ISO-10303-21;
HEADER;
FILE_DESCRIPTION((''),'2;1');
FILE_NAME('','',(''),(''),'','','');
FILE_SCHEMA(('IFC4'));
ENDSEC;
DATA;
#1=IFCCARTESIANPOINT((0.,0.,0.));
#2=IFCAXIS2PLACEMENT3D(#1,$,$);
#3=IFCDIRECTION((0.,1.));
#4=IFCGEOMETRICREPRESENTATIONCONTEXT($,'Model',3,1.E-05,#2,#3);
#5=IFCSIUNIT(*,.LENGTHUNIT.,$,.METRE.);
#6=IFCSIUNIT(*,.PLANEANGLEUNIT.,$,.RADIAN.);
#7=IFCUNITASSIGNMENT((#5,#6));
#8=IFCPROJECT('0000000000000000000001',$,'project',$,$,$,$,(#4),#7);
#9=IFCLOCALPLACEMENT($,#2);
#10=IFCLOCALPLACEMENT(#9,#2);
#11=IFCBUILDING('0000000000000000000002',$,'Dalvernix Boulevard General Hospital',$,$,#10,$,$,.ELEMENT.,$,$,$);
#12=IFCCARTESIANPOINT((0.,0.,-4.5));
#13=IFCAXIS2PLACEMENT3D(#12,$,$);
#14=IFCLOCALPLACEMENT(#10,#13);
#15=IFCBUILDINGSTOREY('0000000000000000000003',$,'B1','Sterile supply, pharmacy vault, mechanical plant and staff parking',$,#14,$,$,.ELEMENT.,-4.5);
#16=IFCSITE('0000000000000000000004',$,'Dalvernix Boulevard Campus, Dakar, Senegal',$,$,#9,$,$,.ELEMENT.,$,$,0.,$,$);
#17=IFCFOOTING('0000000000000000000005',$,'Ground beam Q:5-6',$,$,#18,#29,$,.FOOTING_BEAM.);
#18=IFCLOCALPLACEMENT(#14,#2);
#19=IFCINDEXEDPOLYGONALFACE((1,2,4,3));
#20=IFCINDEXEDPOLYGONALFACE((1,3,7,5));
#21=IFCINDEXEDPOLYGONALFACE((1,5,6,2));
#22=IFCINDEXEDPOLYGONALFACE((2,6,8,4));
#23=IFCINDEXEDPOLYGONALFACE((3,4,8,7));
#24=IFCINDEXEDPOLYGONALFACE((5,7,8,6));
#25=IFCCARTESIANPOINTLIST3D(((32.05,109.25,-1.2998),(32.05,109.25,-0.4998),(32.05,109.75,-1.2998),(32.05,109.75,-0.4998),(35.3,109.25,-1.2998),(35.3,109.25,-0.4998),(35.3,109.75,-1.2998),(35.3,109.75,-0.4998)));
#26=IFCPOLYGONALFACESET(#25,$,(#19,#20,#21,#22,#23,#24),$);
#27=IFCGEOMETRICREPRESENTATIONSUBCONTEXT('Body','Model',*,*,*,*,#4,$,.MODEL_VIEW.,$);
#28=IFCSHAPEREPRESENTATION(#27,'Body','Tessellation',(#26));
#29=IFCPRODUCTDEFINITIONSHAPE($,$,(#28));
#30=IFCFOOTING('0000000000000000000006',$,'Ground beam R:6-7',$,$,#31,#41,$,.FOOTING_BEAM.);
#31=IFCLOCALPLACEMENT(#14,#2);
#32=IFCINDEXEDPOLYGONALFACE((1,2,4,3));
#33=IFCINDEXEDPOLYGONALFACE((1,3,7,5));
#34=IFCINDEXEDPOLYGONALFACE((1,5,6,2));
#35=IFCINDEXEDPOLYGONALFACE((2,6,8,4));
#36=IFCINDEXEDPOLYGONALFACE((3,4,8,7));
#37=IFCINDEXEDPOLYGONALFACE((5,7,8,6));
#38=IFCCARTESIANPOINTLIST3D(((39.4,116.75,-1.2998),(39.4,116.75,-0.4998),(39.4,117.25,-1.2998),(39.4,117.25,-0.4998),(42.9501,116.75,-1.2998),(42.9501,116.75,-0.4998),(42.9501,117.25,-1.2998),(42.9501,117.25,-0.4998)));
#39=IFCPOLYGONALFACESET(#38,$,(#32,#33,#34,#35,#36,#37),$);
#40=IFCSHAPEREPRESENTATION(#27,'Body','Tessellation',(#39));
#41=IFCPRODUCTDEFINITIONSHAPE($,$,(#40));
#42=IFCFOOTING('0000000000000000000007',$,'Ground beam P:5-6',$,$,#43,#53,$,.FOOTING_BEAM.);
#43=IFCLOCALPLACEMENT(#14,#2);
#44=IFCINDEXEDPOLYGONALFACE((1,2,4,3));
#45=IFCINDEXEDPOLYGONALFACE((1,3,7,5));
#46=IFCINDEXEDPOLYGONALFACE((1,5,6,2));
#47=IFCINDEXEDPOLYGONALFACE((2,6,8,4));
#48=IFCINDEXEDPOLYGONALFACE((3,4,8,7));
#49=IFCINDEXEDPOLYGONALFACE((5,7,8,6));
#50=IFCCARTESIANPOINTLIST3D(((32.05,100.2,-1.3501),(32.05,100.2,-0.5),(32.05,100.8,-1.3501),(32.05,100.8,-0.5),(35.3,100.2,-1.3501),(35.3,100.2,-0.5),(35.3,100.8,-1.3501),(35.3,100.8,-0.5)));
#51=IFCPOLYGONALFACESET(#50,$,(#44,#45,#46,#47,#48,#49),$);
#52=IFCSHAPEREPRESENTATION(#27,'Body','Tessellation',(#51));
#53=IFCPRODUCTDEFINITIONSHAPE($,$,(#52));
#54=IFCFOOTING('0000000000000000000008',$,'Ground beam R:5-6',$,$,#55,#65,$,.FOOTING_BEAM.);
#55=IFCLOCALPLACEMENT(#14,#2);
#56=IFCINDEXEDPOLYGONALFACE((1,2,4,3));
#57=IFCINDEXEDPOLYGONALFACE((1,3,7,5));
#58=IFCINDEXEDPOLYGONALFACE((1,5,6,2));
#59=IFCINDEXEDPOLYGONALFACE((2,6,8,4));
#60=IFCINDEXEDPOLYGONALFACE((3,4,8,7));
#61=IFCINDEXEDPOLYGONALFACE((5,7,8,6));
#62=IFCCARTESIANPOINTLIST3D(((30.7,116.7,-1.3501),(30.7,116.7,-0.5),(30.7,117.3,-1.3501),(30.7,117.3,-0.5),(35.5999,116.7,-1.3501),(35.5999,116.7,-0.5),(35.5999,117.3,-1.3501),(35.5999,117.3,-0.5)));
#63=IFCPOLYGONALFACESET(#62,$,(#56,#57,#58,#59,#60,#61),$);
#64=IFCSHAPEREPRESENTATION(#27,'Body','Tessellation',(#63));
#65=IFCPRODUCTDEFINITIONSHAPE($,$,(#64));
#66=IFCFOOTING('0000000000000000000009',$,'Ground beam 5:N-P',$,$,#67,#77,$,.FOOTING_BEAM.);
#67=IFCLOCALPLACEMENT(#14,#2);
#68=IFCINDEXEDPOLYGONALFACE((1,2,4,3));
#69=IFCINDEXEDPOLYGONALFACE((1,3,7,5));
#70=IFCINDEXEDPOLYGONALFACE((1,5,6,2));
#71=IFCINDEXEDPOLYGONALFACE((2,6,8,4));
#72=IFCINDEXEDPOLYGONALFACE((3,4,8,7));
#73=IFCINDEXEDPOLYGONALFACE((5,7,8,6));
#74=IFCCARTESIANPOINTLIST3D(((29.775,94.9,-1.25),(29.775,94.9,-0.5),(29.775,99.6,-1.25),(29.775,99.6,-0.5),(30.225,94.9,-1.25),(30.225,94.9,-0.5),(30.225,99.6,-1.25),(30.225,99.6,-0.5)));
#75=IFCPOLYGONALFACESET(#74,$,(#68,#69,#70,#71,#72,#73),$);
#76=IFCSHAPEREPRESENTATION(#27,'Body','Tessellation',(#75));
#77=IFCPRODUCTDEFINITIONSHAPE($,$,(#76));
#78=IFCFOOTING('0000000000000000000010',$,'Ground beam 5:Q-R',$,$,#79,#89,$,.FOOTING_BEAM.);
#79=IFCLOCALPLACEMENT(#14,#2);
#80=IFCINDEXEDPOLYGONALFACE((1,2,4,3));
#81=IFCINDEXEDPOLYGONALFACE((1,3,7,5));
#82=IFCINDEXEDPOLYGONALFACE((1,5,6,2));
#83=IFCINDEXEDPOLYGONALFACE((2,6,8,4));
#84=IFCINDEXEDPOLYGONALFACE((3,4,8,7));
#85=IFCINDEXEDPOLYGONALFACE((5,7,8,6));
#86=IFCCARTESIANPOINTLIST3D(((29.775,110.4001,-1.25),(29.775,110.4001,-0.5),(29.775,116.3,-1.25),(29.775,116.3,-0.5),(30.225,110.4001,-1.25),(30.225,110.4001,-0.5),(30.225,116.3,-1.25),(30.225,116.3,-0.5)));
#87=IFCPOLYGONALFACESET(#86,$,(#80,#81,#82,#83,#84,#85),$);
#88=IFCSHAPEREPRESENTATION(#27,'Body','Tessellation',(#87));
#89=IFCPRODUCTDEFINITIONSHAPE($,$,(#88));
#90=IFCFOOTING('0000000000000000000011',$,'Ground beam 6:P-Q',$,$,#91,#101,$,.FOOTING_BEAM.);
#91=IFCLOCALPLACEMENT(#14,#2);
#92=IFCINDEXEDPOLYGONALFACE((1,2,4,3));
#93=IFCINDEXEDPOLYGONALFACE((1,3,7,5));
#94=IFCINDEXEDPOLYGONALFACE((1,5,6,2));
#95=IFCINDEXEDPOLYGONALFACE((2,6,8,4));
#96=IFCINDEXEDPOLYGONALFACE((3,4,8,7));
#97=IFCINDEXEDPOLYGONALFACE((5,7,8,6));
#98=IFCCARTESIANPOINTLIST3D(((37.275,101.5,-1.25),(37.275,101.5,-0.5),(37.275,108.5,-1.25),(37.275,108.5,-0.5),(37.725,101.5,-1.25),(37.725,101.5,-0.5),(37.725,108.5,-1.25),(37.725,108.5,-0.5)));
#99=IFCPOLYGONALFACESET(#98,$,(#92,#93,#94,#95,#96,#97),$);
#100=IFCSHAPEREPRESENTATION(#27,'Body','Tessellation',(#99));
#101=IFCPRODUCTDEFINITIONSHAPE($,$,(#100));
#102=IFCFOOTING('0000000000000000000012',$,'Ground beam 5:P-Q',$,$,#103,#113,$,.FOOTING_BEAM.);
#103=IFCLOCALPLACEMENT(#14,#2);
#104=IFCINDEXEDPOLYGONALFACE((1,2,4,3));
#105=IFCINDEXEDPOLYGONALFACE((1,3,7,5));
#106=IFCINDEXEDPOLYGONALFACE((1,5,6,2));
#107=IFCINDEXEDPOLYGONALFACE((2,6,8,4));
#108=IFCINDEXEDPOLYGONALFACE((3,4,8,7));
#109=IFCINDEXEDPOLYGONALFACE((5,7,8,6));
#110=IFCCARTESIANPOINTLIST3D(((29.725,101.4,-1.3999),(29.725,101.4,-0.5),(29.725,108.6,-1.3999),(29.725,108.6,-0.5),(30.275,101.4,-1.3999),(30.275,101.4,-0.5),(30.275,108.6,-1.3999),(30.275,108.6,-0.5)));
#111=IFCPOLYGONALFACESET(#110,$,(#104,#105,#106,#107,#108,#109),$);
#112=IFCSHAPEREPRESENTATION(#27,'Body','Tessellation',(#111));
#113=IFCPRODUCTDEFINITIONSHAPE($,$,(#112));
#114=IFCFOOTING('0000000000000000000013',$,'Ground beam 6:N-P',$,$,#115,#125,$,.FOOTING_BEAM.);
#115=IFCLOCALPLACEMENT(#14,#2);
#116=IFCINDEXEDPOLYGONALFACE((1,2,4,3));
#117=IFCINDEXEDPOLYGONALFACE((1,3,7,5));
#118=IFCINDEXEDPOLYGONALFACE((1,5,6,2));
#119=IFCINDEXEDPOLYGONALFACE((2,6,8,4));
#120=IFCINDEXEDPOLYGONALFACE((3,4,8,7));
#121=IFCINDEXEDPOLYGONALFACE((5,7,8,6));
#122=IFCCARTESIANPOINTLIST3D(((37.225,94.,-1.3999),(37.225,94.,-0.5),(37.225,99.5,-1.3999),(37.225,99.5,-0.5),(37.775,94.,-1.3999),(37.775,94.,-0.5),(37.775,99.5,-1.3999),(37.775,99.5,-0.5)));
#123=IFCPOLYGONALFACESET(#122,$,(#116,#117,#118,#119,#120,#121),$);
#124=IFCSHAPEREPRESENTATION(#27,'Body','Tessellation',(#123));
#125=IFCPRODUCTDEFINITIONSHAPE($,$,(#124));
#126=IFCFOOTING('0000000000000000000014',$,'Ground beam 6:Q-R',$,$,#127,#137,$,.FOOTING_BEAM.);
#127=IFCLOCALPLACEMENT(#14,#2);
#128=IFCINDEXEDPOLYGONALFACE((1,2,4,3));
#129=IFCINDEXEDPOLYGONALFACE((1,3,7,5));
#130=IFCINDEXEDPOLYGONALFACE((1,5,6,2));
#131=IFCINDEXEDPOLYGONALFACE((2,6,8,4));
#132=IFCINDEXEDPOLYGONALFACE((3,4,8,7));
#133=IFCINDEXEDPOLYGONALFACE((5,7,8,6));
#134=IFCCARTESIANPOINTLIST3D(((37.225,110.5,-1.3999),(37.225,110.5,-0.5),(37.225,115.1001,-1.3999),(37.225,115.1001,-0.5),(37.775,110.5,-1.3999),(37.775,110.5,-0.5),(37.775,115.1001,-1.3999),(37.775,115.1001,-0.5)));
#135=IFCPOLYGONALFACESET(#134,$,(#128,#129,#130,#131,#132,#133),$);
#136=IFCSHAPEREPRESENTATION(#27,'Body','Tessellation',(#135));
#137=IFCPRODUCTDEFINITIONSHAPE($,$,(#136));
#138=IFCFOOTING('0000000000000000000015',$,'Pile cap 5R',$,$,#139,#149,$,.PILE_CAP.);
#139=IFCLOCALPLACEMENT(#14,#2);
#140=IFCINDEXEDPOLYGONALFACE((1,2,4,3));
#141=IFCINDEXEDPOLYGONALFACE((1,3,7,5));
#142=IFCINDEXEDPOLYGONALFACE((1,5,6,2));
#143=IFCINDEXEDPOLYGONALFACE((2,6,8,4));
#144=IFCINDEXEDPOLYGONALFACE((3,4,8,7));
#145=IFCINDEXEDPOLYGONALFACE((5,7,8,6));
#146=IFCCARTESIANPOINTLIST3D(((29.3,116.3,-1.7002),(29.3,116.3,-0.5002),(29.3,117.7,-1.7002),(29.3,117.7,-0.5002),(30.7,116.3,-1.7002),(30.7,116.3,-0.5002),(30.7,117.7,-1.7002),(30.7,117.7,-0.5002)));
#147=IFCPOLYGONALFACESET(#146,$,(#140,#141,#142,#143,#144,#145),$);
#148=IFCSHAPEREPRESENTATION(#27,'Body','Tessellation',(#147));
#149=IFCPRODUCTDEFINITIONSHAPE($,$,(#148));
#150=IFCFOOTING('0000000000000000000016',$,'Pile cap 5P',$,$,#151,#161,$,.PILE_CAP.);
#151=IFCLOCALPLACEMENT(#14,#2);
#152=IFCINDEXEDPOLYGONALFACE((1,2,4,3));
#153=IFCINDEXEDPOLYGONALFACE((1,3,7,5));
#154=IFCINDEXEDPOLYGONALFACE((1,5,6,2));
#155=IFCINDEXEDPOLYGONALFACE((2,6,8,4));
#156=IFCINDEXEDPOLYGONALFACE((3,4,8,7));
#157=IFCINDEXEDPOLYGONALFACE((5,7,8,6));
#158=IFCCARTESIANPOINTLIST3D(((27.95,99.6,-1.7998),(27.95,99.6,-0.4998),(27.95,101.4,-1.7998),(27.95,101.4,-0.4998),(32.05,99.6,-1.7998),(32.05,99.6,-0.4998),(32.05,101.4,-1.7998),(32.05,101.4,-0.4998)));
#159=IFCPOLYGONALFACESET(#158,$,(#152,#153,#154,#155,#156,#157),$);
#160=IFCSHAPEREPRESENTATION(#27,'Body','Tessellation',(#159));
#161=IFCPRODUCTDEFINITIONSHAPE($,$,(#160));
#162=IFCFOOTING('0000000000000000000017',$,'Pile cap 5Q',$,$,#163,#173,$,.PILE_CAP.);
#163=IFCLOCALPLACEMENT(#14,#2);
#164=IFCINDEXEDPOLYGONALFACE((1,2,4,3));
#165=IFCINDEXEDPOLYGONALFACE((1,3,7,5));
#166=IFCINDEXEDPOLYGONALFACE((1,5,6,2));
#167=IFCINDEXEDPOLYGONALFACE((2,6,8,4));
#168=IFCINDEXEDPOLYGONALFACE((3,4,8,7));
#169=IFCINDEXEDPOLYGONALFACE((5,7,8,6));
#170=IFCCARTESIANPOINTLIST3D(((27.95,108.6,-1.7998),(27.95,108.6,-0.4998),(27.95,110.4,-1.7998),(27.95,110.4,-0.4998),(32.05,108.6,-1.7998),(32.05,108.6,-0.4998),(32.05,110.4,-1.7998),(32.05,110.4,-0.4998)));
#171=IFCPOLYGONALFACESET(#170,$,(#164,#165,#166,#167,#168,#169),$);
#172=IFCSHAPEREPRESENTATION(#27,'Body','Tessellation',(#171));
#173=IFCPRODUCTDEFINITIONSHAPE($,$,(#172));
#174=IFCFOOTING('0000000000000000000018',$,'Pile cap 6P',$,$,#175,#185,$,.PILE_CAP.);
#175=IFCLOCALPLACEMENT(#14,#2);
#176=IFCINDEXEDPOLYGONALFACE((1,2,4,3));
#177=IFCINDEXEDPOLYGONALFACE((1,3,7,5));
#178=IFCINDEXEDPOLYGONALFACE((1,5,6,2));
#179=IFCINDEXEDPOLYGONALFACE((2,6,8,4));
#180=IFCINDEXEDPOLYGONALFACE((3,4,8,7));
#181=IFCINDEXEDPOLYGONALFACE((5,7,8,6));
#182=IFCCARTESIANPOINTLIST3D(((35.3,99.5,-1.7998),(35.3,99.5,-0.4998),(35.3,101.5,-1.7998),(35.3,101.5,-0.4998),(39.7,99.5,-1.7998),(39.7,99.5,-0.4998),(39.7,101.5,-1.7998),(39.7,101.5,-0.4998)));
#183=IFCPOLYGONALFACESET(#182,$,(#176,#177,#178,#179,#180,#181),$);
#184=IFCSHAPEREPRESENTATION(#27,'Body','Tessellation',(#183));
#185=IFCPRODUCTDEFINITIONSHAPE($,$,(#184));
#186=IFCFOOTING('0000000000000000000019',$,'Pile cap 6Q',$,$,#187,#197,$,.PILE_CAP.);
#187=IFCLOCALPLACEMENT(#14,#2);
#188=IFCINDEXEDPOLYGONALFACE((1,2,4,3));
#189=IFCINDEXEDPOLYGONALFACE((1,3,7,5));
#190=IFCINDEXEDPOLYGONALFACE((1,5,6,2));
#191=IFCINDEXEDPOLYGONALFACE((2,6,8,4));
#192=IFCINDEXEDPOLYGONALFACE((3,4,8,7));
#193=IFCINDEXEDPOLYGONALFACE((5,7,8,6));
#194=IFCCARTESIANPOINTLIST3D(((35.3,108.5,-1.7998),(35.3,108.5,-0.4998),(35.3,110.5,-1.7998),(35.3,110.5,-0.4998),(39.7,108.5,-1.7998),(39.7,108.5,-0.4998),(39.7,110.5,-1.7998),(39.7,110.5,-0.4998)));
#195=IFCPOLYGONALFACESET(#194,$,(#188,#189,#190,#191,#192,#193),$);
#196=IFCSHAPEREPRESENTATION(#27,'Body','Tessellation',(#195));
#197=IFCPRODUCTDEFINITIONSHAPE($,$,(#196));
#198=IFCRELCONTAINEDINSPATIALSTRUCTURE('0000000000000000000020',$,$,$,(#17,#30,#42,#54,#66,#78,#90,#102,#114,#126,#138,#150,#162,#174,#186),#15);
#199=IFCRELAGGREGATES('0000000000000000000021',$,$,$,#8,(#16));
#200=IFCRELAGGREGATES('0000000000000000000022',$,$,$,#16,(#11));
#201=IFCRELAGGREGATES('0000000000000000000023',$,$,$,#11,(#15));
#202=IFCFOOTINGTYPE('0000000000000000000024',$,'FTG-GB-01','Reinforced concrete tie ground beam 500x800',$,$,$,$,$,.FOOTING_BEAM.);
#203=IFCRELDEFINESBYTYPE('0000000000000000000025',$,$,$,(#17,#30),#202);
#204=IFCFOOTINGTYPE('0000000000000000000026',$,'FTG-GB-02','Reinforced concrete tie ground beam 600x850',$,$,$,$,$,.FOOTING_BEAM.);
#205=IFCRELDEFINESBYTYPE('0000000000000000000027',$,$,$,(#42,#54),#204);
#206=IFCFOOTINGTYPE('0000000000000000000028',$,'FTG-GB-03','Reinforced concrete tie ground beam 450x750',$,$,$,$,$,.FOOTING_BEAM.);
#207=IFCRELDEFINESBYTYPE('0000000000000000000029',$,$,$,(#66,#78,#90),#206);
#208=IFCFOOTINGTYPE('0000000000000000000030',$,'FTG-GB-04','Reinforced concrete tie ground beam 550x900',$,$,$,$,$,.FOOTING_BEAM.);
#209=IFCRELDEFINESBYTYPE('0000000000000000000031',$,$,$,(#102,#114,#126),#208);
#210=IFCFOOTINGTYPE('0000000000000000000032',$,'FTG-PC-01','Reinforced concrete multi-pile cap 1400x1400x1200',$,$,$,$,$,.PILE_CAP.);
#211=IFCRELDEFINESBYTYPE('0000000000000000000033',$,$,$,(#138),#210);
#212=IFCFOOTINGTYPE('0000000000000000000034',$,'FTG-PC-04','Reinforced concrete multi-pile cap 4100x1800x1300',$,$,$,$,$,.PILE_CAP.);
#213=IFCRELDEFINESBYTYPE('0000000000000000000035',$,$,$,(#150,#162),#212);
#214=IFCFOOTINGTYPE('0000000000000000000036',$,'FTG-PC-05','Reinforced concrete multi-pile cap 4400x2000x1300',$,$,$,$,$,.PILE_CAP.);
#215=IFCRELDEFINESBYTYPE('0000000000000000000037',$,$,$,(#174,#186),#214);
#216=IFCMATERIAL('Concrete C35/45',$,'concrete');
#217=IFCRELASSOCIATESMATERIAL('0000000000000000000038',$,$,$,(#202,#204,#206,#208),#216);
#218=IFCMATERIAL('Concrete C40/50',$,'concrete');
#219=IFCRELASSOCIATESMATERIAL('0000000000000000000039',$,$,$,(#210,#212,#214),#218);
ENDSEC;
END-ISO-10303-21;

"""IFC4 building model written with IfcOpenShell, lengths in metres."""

from ifc_helpers import new_model, si_unit, direction, frame, origin, origin_2d, place, context, subcontext, project, spatial, rectangle, extrude, material, type_object, element, save


model = new_model("IFC4")

# Units and contexts
model_context = context("Model", 3, precision=1e-05, world=origin(), true_north=direction((0.0, 1.0)))
body_context = subcontext(model_context, "Body", "Model", "MODEL_VIEW")
ifc_project = project(units=[si_unit("LENGTHUNIT", "METRE"), si_unit("PLANEANGLEUNIT", "RADIAN")], contexts=[model_context])

# Site, building, storey
site_placement = place(None, origin())
site = spatial("IfcSite", under=ifc_project, at=site_placement, Name="Dalvernix Boulevard Campus, Dakar, Senegal", CompositionType="ELEMENT", RefElevation=0.0)
building_placement = place(site_placement, origin())
building = spatial("IfcBuilding", under=site, at=building_placement, Name="Dalvernix Boulevard General Hospital", CompositionType="ELEMENT")
storey_placement = place(building_placement, frame((0.0, 0.0, -4.5)))
storey = spatial("IfcBuildingStorey", under=building, at=storey_placement, Name="B1", Description="Sterile supply, pharmacy vault, mechanical plant and staff parking", CompositionType="ELEMENT", Elevation=-4.5)

# Footings
ifc_material_1 = material(Name="Concrete C35/45", Category="concrete")
footing_type_1 = type_object("IfcFootingType", Name="FTG-GB-01", Description="Reinforced concrete tie ground beam 500x800", PredefinedType="FOOTING_BEAM", material=ifc_material_1)
footing_1_placement = place(storey_placement, frame((33.675, 109.5, -1.2998), z_axis=(0.0, 0.0, 1.0), x_axis=(1.0, 0.0, 0.0)))
element("IfcFooting", 1, at=footing_1_placement, inside=storey, type_object=footing_type_1, Name="Ground beam Q:5-6", PredefinedType="FOOTING_BEAM", context=body_context, shape_type="SweptSolid", body=[
    extrude(rectangle(XDim=3.25, YDim=0.5, at=origin_2d()), origin(), (0.0, 0.0, 1.0), 0.8),
])
footing_2_placement = place(storey_placement, frame((41.175, 117.0, -1.2998), z_axis=(0.0, 0.0, 1.0), x_axis=(1.0, 0.0, 0.0)))
element("IfcFooting", 2, at=footing_2_placement, inside=storey, type_object=footing_type_1, Name="Ground beam R:6-7", PredefinedType="FOOTING_BEAM", context=body_context, shape_type="SweptSolid", body=[
    extrude(rectangle(XDim=3.55, YDim=0.5, at=origin_2d()), origin(), (0.0, 0.0, 1.0), 0.8),
])
footing_type_2 = type_object("IfcFootingType", Name="FTG-GB-02", Description="Reinforced concrete tie ground beam 600x850", PredefinedType="FOOTING_BEAM", material=ifc_material_1)
footing_3_placement = place(storey_placement, frame((33.675, 100.5, -1.3501), z_axis=(0.0, 0.0, 1.0), x_axis=(1.0, 0.0, 0.0)))
element("IfcFooting", 3, at=footing_3_placement, inside=storey, type_object=footing_type_2, Name="Ground beam P:5-6", PredefinedType="FOOTING_BEAM", context=body_context, shape_type="SweptSolid", body=[
    extrude(rectangle(XDim=3.25, YDim=0.6001, at=origin_2d()), origin(), (0.0, 0.0, 1.0), 0.8501),
])
footing_4_placement = place(storey_placement, frame((33.1499, 117.0, -1.3501), z_axis=(0.0, 0.0, 1.0), x_axis=(1.0, 0.0, 0.0)))
element("IfcFooting", 4, at=footing_4_placement, inside=storey, type_object=footing_type_2, Name="Ground beam R:5-6", PredefinedType="FOOTING_BEAM", context=body_context, shape_type="SweptSolid", body=[
    extrude(rectangle(XDim=4.8999, YDim=0.6001, at=origin_2d()), origin(), (0.0, 0.0, 1.0), 0.8501),
])
footing_type_3 = type_object("IfcFootingType", Name="FTG-GB-03", Description="Reinforced concrete tie ground beam 450x750", PredefinedType="FOOTING_BEAM", material=ifc_material_1)
footing_5_placement = place(storey_placement, frame((30.0, 97.25, -1.25), z_axis=(0.0, 0.0, 1.0), x_axis=(0.0, 1.0, 0.0)))
element("IfcFooting", 5, at=footing_5_placement, inside=storey, type_object=footing_type_3, Name="Ground beam 5:N-P", PredefinedType="FOOTING_BEAM", context=body_context, shape_type="SweptSolid", body=[
    extrude(rectangle(XDim=4.7, YDim=0.45, at=origin_2d()), origin(), (0.0, 0.0, 1.0), 0.75),
])
footing_6_placement = place(storey_placement, frame((30.0, 113.3501, -1.25), z_axis=(0.0, 0.0, 1.0), x_axis=(0.0, 1.0, 0.0)))
element("IfcFooting", 6, at=footing_6_placement, inside=storey, type_object=footing_type_3, Name="Ground beam 5:Q-R", PredefinedType="FOOTING_BEAM", context=body_context, shape_type="SweptSolid", body=[
    extrude(rectangle(XDim=5.8999, YDim=0.45, at=origin_2d()), origin(), (0.0, 0.0, 1.0), 0.75),
])
footing_7_placement = place(storey_placement, frame((37.5, 105.0, -1.25), z_axis=(0.0, 0.0, 1.0), x_axis=(0.0, 1.0, 0.0)))
element("IfcFooting", 7, at=footing_7_placement, inside=storey, type_object=footing_type_3, Name="Ground beam 6:P-Q", PredefinedType="FOOTING_BEAM", context=body_context, shape_type="SweptSolid", body=[
    extrude(rectangle(XDim=7.0, YDim=0.45, at=origin_2d()), origin(), (0.0, 0.0, 1.0), 0.75),
])
footing_type_4 = type_object("IfcFootingType", Name="FTG-GB-04", Description="Reinforced concrete tie ground beam 550x900", PredefinedType="FOOTING_BEAM", material=ifc_material_1)
footing_8_placement = place(storey_placement, frame((30.0, 105.0, -1.3999), z_axis=(0.0, 0.0, 1.0), x_axis=(0.0, 1.0, 0.0)))
element("IfcFooting", 8, at=footing_8_placement, inside=storey, type_object=footing_type_4, Name="Ground beam 5:P-Q", PredefinedType="FOOTING_BEAM", context=body_context, shape_type="SweptSolid", body=[
    extrude(rectangle(XDim=7.2, YDim=0.55, at=origin_2d()), origin(), (0.0, 0.0, 1.0), 0.8999),
])
footing_9_placement = place(storey_placement, frame((37.5, 96.75, -1.3999), z_axis=(0.0, 0.0, 1.0), x_axis=(0.0, 1.0, 0.0)))
element("IfcFooting", 9, at=footing_9_placement, inside=storey, type_object=footing_type_4, Name="Ground beam 6:N-P", PredefinedType="FOOTING_BEAM", context=body_context, shape_type="SweptSolid", body=[
    extrude(rectangle(XDim=5.5, YDim=0.55, at=origin_2d()), origin(), (0.0, 0.0, 1.0), 0.8999),
])
footing_10_placement = place(storey_placement, frame((37.5, 112.8, -1.3999), z_axis=(0.0, 0.0, 1.0), x_axis=(0.0, 1.0, 0.0)))
element("IfcFooting", 10, at=footing_10_placement, inside=storey, type_object=footing_type_4, Name="Ground beam 6:Q-R", PredefinedType="FOOTING_BEAM", context=body_context, shape_type="SweptSolid", body=[
    extrude(rectangle(XDim=4.6001, YDim=0.55, at=origin_2d()), origin(), (0.0, 0.0, 1.0), 0.8999),
])
ifc_material_2 = material(Name="Concrete C40/50", Category="concrete")
footing_type_5 = type_object("IfcFootingType", Name="FTG-PC-01", Description="Reinforced concrete multi-pile cap 1400x1400x1200", PredefinedType="PILE_CAP", material=ifc_material_2)
footing_11_placement = place(storey_placement, frame((30.0, 117.0, -1.7002), z_axis=(0.0, 0.0, 1.0), x_axis=(1.0, 0.0, 0.0)))
element("IfcFooting", 11, at=footing_11_placement, inside=storey, type_object=footing_type_5, Name="Pile cap 5R", PredefinedType="PILE_CAP", context=body_context, shape_type="SweptSolid", body=[
    extrude(rectangle(XDim=1.3999, YDim=1.3999, at=origin_2d()), origin(), (0.0, 0.0, 1.0), 1.2),
])
footing_type_6 = type_object("IfcFootingType", Name="FTG-PC-04", Description="Reinforced concrete multi-pile cap 4100x1800x1300", PredefinedType="PILE_CAP", material=ifc_material_2)
for number, where, z_axis, x_axis, name in (
    (12, (30.0, 100.5, -1.7998), (0.0, 0.0, 1.0), (1.0, 0.0, 0.0), "Pile cap 5P"),
    (13, (30.0, 109.5, -1.7998), (0.0, 0.0, 1.0), (1.0, 0.0, 0.0), "Pile cap 5Q"),
):
    element("IfcFooting", number, at=place(storey_placement, frame(where, z_axis=z_axis, x_axis=x_axis)), inside=storey, type_object=footing_type_6, Name=name, PredefinedType="PILE_CAP", context=body_context, shape_type="SweptSolid", body=[
        extrude(rectangle(XDim=4.1001, YDim=1.8, at=origin_2d()), origin(), (0.0, 0.0, 1.0), 1.3),
    ])
footing_type_7 = type_object("IfcFootingType", Name="FTG-PC-05", Description="Reinforced concrete multi-pile cap 4400x2000x1300", PredefinedType="PILE_CAP", material=ifc_material_2)
for number, where, z_axis, x_axis, name in (
    (14, (37.5, 100.5, -1.7998), (0.0, 0.0, 1.0), (1.0, 0.0, 0.0), "Pile cap 6P"),
    (15, (37.5, 109.5, -1.7998), (0.0, 0.0, 1.0), (1.0, 0.0, 0.0), "Pile cap 6Q"),
):
    element("IfcFooting", number, at=place(storey_placement, frame(where, z_axis=z_axis, x_axis=x_axis)), inside=storey, type_object=footing_type_7, Name=name, PredefinedType="PILE_CAP", context=body_context, shape_type="SweptSolid", body=[
        extrude(rectangle(XDim=4.3999, YDim=2.0, at=origin_2d()), origin(), (0.0, 0.0, 1.0), 1.3),
    ])

save(model, "model.ifc")
